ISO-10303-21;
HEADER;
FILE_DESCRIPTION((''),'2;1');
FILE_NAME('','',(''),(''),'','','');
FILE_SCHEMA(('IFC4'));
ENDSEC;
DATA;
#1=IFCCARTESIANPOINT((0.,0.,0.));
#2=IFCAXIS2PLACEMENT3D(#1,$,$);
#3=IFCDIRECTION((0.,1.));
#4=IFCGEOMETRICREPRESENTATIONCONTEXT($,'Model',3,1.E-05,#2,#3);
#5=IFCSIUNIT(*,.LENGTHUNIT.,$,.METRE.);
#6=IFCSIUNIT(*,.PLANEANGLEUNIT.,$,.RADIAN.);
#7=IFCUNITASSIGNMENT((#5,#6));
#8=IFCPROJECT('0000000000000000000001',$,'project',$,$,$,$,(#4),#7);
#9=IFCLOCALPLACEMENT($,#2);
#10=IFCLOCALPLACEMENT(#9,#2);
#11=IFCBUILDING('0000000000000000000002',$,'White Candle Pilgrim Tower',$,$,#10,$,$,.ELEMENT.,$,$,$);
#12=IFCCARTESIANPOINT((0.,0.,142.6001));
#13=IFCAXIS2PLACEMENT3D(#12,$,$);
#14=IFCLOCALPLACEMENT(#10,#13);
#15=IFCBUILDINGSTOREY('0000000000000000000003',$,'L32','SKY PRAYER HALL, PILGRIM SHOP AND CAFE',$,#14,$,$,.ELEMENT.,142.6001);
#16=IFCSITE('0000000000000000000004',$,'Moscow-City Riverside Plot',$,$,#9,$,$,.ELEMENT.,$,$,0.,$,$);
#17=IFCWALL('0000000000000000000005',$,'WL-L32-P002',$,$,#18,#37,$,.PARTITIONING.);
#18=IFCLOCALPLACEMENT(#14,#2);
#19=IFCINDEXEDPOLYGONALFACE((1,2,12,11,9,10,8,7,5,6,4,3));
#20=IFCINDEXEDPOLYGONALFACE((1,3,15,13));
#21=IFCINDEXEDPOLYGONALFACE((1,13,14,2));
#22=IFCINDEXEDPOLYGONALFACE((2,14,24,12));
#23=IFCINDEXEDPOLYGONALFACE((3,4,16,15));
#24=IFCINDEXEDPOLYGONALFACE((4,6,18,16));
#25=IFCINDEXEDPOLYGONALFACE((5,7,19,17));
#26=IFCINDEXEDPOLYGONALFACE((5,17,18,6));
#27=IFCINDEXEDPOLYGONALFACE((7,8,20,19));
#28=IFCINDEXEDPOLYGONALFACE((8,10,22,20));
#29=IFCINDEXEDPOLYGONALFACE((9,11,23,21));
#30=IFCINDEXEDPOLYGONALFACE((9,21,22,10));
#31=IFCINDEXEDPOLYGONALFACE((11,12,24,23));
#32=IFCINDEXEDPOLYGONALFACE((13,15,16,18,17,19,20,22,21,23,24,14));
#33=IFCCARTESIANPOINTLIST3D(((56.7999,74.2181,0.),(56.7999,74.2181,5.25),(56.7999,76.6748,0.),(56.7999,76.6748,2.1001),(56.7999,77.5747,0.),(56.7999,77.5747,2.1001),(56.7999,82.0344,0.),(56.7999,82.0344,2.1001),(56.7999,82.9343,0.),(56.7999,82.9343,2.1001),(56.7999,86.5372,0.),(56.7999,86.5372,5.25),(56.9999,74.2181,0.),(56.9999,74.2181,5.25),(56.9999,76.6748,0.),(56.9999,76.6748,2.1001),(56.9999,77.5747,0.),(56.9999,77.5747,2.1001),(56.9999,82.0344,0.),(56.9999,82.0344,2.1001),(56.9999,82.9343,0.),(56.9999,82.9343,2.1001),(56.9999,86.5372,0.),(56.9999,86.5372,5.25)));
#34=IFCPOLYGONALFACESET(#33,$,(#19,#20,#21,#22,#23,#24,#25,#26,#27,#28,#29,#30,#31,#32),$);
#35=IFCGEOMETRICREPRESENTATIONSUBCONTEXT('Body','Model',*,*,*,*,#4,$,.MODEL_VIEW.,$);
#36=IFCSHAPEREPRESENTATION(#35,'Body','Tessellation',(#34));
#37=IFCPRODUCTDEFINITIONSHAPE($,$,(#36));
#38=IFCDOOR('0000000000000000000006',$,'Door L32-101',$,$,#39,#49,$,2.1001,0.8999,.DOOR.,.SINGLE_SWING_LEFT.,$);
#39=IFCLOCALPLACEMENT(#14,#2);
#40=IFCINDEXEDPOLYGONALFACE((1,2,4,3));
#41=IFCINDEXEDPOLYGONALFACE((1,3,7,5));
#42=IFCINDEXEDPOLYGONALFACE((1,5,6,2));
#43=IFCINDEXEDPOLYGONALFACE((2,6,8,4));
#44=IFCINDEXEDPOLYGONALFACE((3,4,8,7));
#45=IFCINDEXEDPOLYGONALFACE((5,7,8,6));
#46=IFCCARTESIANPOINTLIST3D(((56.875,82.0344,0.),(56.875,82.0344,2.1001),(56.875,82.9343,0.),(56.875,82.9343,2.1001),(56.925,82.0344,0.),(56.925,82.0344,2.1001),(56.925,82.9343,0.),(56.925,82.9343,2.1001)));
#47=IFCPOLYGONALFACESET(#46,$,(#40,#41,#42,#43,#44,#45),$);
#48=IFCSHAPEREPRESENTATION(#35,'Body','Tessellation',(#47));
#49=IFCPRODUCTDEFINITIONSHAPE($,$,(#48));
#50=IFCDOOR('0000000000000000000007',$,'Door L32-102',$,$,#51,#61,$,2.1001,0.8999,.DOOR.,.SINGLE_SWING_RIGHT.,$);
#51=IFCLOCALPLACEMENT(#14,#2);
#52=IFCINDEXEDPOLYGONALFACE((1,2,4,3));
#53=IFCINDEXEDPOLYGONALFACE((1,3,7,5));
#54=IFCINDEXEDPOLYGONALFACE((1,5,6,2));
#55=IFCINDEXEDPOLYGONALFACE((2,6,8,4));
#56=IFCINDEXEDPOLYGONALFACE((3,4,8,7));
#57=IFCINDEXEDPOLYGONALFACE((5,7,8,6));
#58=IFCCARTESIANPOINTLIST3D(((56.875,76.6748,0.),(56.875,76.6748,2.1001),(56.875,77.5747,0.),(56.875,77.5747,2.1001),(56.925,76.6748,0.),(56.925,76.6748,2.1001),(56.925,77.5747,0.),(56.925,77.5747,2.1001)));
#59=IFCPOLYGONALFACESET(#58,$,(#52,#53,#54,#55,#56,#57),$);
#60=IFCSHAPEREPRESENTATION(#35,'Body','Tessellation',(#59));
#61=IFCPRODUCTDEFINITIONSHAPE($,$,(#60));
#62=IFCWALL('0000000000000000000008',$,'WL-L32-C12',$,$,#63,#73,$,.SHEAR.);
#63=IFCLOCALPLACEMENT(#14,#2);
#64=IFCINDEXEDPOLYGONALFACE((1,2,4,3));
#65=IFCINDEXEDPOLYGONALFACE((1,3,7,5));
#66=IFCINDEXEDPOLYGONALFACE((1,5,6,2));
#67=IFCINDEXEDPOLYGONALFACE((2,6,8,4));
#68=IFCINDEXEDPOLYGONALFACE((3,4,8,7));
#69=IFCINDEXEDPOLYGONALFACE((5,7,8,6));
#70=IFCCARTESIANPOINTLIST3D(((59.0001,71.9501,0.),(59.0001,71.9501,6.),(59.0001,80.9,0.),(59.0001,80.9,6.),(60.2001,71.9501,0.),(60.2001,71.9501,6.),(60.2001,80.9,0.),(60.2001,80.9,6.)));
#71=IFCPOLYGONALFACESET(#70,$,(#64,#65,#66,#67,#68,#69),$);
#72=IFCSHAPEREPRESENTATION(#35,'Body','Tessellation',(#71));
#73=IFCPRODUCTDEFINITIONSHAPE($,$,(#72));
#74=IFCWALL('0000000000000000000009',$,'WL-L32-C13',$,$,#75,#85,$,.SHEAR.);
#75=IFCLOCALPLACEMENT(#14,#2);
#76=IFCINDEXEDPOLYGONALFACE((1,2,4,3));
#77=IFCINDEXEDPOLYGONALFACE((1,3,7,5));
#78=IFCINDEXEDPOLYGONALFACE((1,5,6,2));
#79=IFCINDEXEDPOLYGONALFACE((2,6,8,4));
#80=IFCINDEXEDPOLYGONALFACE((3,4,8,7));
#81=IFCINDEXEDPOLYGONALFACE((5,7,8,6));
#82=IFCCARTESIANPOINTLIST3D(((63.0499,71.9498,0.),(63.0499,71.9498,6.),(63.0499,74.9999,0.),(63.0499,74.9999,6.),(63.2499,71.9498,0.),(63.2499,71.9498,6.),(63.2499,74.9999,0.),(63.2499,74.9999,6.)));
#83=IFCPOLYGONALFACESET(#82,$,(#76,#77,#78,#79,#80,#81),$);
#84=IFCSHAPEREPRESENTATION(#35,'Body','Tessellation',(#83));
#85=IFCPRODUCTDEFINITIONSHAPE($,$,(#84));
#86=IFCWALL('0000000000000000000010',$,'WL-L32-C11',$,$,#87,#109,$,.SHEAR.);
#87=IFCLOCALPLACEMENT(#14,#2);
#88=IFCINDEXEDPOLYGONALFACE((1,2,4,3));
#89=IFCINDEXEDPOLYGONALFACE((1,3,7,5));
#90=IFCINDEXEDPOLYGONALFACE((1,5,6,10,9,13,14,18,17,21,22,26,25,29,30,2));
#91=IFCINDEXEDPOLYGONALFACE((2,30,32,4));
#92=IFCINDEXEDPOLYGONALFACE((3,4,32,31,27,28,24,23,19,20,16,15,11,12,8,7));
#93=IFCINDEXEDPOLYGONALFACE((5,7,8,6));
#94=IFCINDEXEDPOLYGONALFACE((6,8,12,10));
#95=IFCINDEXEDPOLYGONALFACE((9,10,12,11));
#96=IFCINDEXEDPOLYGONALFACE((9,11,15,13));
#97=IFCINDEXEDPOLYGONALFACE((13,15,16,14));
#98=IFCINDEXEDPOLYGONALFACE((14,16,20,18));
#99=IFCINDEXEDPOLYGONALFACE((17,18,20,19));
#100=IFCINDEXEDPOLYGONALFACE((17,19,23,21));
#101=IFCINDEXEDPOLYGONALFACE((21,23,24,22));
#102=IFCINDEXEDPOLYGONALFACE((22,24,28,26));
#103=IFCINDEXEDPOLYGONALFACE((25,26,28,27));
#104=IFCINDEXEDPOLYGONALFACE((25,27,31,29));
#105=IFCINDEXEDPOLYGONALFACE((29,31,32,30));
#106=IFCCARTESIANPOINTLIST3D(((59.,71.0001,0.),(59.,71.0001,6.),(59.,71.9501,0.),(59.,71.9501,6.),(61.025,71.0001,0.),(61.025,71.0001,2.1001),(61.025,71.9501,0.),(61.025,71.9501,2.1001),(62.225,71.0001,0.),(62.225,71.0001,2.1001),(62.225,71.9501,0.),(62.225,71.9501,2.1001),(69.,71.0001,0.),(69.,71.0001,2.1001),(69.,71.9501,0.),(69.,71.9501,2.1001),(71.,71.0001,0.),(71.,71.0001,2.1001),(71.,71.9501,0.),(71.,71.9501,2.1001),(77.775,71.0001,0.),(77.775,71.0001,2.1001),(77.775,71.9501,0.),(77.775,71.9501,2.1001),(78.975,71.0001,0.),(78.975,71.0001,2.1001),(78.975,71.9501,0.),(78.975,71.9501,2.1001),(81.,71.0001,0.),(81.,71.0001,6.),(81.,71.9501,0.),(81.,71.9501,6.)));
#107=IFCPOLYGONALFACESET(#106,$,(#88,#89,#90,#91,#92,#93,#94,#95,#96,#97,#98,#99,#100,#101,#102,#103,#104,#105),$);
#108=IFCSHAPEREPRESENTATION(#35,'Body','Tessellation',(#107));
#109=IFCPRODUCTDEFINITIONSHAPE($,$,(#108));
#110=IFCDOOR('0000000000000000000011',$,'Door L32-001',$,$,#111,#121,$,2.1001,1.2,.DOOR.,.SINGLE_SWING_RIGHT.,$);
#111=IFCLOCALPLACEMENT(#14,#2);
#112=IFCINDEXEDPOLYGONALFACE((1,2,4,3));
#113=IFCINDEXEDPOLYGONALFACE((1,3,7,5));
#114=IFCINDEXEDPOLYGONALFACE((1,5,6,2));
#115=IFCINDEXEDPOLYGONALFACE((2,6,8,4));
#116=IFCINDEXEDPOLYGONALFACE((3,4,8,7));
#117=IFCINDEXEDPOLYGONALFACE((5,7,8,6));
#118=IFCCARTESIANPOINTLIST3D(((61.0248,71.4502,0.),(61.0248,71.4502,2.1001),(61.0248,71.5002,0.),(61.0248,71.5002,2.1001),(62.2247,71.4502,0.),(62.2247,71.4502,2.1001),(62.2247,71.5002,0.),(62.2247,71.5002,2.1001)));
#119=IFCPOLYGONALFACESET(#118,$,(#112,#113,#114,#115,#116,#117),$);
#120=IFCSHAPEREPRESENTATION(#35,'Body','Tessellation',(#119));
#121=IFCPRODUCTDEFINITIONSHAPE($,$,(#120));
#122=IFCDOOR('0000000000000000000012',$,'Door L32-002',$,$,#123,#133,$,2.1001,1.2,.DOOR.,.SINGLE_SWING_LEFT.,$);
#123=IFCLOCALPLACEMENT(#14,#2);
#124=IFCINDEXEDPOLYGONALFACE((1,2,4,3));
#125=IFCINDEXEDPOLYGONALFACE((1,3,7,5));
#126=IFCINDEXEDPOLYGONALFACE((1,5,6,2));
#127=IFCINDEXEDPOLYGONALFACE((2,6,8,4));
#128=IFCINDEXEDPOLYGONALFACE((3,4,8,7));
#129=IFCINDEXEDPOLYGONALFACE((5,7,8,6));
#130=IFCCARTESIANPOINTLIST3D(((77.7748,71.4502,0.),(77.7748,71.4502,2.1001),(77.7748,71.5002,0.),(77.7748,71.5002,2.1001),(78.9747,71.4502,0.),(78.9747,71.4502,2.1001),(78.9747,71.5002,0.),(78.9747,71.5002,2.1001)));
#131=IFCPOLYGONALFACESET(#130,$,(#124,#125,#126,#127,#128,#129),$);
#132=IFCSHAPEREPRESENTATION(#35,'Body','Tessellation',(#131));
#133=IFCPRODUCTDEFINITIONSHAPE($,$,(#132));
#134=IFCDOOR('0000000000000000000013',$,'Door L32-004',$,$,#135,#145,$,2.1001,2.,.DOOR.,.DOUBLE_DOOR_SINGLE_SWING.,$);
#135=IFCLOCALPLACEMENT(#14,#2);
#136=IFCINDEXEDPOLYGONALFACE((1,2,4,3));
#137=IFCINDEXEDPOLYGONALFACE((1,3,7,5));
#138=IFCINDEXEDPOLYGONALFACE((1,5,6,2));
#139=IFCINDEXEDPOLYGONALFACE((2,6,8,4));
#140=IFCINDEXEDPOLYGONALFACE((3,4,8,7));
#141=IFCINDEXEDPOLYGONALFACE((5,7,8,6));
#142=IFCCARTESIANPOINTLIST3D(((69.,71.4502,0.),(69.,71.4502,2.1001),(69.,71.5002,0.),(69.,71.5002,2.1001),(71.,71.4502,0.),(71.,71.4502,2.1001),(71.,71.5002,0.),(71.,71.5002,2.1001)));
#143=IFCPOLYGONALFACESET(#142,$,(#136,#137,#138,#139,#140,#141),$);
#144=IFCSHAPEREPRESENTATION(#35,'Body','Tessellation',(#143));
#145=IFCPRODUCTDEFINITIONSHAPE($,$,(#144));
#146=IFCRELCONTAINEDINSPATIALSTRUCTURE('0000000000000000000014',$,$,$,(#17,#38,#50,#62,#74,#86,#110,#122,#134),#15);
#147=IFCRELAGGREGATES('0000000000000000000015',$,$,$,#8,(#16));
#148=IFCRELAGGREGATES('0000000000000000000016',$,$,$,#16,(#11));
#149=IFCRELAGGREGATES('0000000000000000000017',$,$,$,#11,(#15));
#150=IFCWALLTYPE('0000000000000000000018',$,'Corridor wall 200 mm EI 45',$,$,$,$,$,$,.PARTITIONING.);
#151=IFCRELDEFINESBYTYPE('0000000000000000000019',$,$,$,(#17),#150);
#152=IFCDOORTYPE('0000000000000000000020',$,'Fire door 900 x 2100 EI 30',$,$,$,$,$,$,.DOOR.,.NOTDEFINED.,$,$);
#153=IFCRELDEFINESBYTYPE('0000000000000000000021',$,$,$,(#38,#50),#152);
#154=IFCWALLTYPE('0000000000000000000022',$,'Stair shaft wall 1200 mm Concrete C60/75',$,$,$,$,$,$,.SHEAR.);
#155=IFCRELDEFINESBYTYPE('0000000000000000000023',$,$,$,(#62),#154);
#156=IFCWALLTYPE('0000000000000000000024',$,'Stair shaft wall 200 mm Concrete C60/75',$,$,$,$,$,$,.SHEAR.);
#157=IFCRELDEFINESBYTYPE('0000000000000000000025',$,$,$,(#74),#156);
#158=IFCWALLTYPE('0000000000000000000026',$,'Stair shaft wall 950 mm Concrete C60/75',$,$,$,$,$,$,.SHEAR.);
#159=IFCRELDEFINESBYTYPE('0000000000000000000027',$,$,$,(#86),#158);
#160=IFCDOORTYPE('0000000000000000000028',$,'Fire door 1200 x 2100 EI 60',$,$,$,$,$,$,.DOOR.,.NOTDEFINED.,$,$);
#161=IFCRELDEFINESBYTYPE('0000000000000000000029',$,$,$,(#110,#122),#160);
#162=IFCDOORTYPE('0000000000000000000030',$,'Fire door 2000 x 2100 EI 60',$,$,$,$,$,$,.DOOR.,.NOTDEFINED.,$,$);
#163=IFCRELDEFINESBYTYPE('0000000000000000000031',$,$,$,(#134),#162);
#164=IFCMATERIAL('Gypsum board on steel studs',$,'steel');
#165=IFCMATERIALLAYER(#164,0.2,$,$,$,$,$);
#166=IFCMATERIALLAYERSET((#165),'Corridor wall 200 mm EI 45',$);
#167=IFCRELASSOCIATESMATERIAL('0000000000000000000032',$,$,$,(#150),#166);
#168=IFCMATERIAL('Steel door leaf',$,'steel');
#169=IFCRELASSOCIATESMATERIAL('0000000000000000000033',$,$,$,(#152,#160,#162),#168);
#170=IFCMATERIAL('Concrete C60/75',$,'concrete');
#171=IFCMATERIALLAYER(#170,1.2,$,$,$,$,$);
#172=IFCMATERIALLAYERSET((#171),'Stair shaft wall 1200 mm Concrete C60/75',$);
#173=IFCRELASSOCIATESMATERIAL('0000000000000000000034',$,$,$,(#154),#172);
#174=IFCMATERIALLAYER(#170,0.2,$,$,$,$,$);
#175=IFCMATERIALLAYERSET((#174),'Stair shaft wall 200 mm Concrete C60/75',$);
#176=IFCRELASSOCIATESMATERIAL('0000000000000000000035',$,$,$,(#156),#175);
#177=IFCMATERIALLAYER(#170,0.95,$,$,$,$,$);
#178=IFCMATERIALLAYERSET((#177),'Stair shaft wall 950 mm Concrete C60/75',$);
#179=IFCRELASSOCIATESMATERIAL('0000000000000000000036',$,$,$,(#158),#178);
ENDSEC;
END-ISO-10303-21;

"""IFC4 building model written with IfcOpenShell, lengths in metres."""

from ifc_helpers import new_model, si_unit, direction, frame, frame_2d, origin, place, context, subcontext, project, spatial, rectangle, extrude, material, layer, layer_set, type_object, element, fill, save


model = new_model("IFC4")

# Units and contexts
model_context = context("Model", 3, precision=1e-05, world=origin(), true_north=direction((0.0, 1.0)))
body_context = subcontext(model_context, "Body", "Model", "MODEL_VIEW")
ifc_project = project(units=[si_unit("LENGTHUNIT", "METRE"), si_unit("PLANEANGLEUNIT", "RADIAN")], contexts=[model_context])

# Site, building, storey
site_placement = place(None, origin())
site = spatial("IfcSite", under=ifc_project, at=site_placement, Name="Moscow-City Riverside Plot", CompositionType="ELEMENT", RefElevation=0.0)
building_placement = place(site_placement, origin())
building = spatial("IfcBuilding", under=site, at=building_placement, Name="White Candle Pilgrim Tower", CompositionType="ELEMENT")
storey_placement = place(building_placement, frame((0.0, 0.0, 142.6001)))
storey = spatial("IfcBuildingStorey", under=building, at=storey_placement, Name="L32", Description="SKY PRAYER HALL, PILGRIM SHOP AND CAFE", CompositionType="ELEMENT", Elevation=142.6001)

# Wall, openings, doors
ifc_material_1 = material(Name="Gypsum board on steel studs", Category="steel")
ifc_layer_1 = layer(ifc_material_1, 0.2)
ifc_layer_set_1 = layer_set([ifc_layer_1], Name="Corridor wall 200 mm EI 45")
wall_type_1 = type_object("IfcWallType", Name="Corridor wall 200 mm EI 45", PredefinedType="PARTITIONING", material=ifc_layer_set_1)
wall_1_placement = place(storey_placement, frame((56.8999, 74.218, 0.0), z_axis=(0.0, 0.0, 1.0), x_axis=(0.0, 1.0, 0.0)))
wall_1 = element("IfcWall", 1, at=wall_1_placement, inside=storey, type_object=wall_type_1, Name="WL-L32-P002", PredefinedType="PARTITIONING", context=body_context, shape_type="SweptSolid", body=[
    extrude(rectangle(XDim=12.3191, YDim=0.2, at=frame_2d((6.1597, 0.0))), origin(), (0.0, 0.0, 1.0), 5.25),
])
opening_1_placement = place(wall_1_placement, frame((7.8164, 0.0, 0.0)))
opening_1 = element("IfcOpeningElement", 2, at=opening_1_placement, cuts=wall_1, PredefinedType="OPENING", context=body_context, shape_type="SweptSolid", body=[
    extrude(rectangle(XDim=0.8999, YDim=2.1001, at=frame_2d((0.45, 1.05))), frame((0.0, 0.1099, 0.0), z_axis=(0.0, -1.0, 0.0), x_axis=(1.0, 0.0, 0.0)), (0.0, 0.0, 1.0), 0.22),
])
opening_2_placement = place(wall_1_placement, frame((2.4568, 0.0, 0.0)))
opening_2 = element("IfcOpeningElement", 3, at=opening_2_placement, cuts=wall_1, PredefinedType="OPENING", context=body_context, shape_type="SweptSolid", body=[
    extrude(rectangle(XDim=0.8999, YDim=2.1001, at=frame_2d((0.45, 1.05))), frame((0.0, 0.1099, 0.0), z_axis=(0.0, -1.0, 0.0), x_axis=(1.0, 0.0, 0.0)), (0.0, 0.0, 1.0), 0.22),
])
ifc_material_2 = material(Name="Steel door leaf", Category="steel")
door_type_1 = type_object("IfcDoorType", Name="Fire door 900 x 2100 EI 30", OperationType="NOTDEFINED", PredefinedType="DOOR", material=ifc_material_2)
door_1_placement = place(opening_1_placement, origin())
door_1 = element("IfcDoor", 4, at=door_1_placement, inside=storey, type_object=door_type_1, Name="Door L32-101", OperationType="SINGLE_SWING_LEFT", OverallHeight=2.1001, OverallWidth=0.8999, PredefinedType="DOOR", context=body_context, shape_type="SweptSolid", body=[
    extrude(rectangle(XDim=0.8999, YDim=2.1001, at=frame_2d((0.45, 1.05))), frame((0.0, 0.0249, 0.0), z_axis=(0.0, -1.0, 0.0), x_axis=(1.0, 0.0, 0.0)), (0.0, 0.0, 1.0), 0.05),
])
fill(opening_1, door_1)
door_2_placement = place(opening_2_placement, origin())
door_2 = element("IfcDoor", 5, at=door_2_placement, inside=storey, type_object=door_type_1, Name="Door L32-102", OperationType="SINGLE_SWING_RIGHT", OverallHeight=2.1001, OverallWidth=0.8999, PredefinedType="DOOR", context=body_context, shape_type="SweptSolid", body=[
    extrude(rectangle(XDim=0.8999, YDim=2.1001, at=frame_2d((0.45, 1.05))), frame((0.0, 0.0249, 0.0), z_axis=(0.0, -1.0, 0.0), x_axis=(1.0, 0.0, 0.0)), (0.0, 0.0, 1.0), 0.05),
])
fill(opening_2, door_2)

# Walls
ifc_material_3 = material(Name="Concrete C60/75", Category="concrete")
ifc_layer_2 = layer(ifc_material_3, 1.2)
ifc_layer_set_2 = layer_set([ifc_layer_2], Name="Stair shaft wall 1200 mm Concrete C60/75")
wall_type_2 = type_object("IfcWallType", Name="Stair shaft wall 1200 mm Concrete C60/75", PredefinedType="SHEAR", material=ifc_layer_set_2)
wall_2_placement = place(storey_placement, frame((59.6001, 71.95, 0.0), z_axis=(0.0, 0.0, 1.0), x_axis=(0.0, 1.0, 0.0)))
element("IfcWall", 6, at=wall_2_placement, inside=storey, type_object=wall_type_2, Name="WL-L32-C12", PredefinedType="SHEAR", context=body_context, shape_type="SweptSolid", body=[
    extrude(rectangle(XDim=8.95, YDim=1.2, at=frame_2d((4.4751, 0.0))), origin(), (0.0, 0.0, 1.0), 6.0),
])
ifc_layer_3 = layer(ifc_material_3, 0.2)
ifc_layer_set_3 = layer_set([ifc_layer_3], Name="Stair shaft wall 200 mm Concrete C60/75")
wall_type_3 = type_object("IfcWallType", Name="Stair shaft wall 200 mm Concrete C60/75", PredefinedType="SHEAR", material=ifc_layer_set_3)
wall_3_placement = place(storey_placement, frame((63.1499, 71.95, 0.0), z_axis=(0.0, 0.0, 1.0), x_axis=(0.0, 1.0, 0.0)))
element("IfcWall", 7, at=wall_3_placement, inside=storey, type_object=wall_type_3, Name="WL-L32-C13", PredefinedType="SHEAR", context=body_context, shape_type="SweptSolid", body=[
    extrude(rectangle(XDim=3.05, YDim=0.2, at=frame_2d((1.5249, 0.0))), origin(), (0.0, 0.0, 1.0), 6.0),
])

# Wall, openings, doors
ifc_layer_4 = layer(ifc_material_3, 0.95)
ifc_layer_set_4 = layer_set([ifc_layer_4], Name="Stair shaft wall 950 mm Concrete C60/75")
wall_type_4 = type_object("IfcWallType", Name="Stair shaft wall 950 mm Concrete C60/75", PredefinedType="SHEAR", material=ifc_layer_set_4)
wall_4_placement = place(storey_placement, frame((59.0, 71.4751, 0.0), z_axis=(0.0, 0.0, 1.0), x_axis=(1.0, 0.0, 0.0)))
wall_4 = element("IfcWall", 8, at=wall_4_placement, inside=storey, type_object=wall_type_4, Name="WL-L32-C11", PredefinedType="SHEAR", context=body_context, shape_type="SweptSolid", body=[
    extrude(rectangle(XDim=22.0, YDim=0.95, at=frame_2d((11.0, 0.0))), origin(), (0.0, 0.0, 1.0), 6.0),
])
opening_3_placement = place(wall_4_placement, frame((2.0249, 0.0, 0.0)))
opening_3 = element("IfcOpeningElement", 9, at=opening_3_placement, cuts=wall_4, PredefinedType="OPENING", context=body_context, shape_type="SweptSolid", body=[
    extrude(rectangle(XDim=1.2, YDim=2.1001, at=frame_2d((0.6001, 1.05))), frame((0.0, 0.4849, 0.0), z_axis=(0.0, -1.0, 0.0), x_axis=(1.0, 0.0, 0.0)), (0.0, 0.0, 1.0), 0.97),
])
opening_4_placement = place(wall_4_placement, frame((18.7749, 0.0, 0.0)))
opening_4 = element("IfcOpeningElement", 10, at=opening_4_placement, cuts=wall_4, PredefinedType="OPENING", context=body_context, shape_type="SweptSolid", body=[
    extrude(rectangle(XDim=1.2, YDim=2.1001, at=frame_2d((0.6001, 1.05))), frame((0.0, 0.4849, 0.0), z_axis=(0.0, -1.0, 0.0), x_axis=(1.0, 0.0, 0.0)), (0.0, 0.0, 1.0), 0.97),
])
opening_5_placement = place(wall_4_placement, frame((10.0, 0.0, 0.0)))
opening_5 = element("IfcOpeningElement", 11, at=opening_5_placement, cuts=wall_4, PredefinedType="OPENING", context=body_context, shape_type="SweptSolid", body=[
    extrude(rectangle(XDim=2.0, YDim=2.1001, at=frame_2d((1.0, 1.05))), frame((0.0, 0.4849, 0.0), z_axis=(0.0, -1.0, 0.0), x_axis=(1.0, 0.0, 0.0)), (0.0, 0.0, 1.0), 0.97),
])
door_type_2 = type_object("IfcDoorType", Name="Fire door 1200 x 2100 EI 60", OperationType="NOTDEFINED", PredefinedType="DOOR", material=ifc_material_2)
door_3_placement = place(opening_3_placement, frame((1.2, 0.0, 0.0), z_axis=(0.0, 0.0, 1.0), x_axis=(-1.0, 0.0, 0.0)))
door_3 = element("IfcDoor", 12, at=door_3_placement, inside=storey, type_object=door_type_2, Name="Door L32-001", OperationType="SINGLE_SWING_RIGHT", OverallHeight=2.1001, OverallWidth=1.2, PredefinedType="DOOR", context=body_context, shape_type="SweptSolid", body=[
    extrude(rectangle(XDim=1.2, YDim=2.1001, at=frame_2d((0.6001, 1.05))), frame((0.0, 0.0249, 0.0), z_axis=(0.0, -1.0, 0.0), x_axis=(1.0, 0.0, 0.0)), (0.0, 0.0, 1.0), 0.05),
])
fill(opening_3, door_3)
door_4_placement = place(opening_4_placement, frame((1.2, 0.0, 0.0), z_axis=(0.0, 0.0, 1.0), x_axis=(-1.0, 0.0, 0.0)))
door_4 = element("IfcDoor", 13, at=door_4_placement, inside=storey, type_object=door_type_2, Name="Door L32-002", OperationType="SINGLE_SWING_LEFT", OverallHeight=2.1001, OverallWidth=1.2, PredefinedType="DOOR", context=body_context, shape_type="SweptSolid", body=[
    extrude(rectangle(XDim=1.2, YDim=2.1001, at=frame_2d((0.6001, 1.05))), frame((0.0, 0.0249, 0.0), z_axis=(0.0, -1.0, 0.0), x_axis=(1.0, 0.0, 0.0)), (0.0, 0.0, 1.0), 0.05),
])
fill(opening_4, door_4)
door_type_3 = type_object("IfcDoorType", Name="Fire door 2000 x 2100 EI 60", OperationType="NOTDEFINED", PredefinedType="DOOR", material=ifc_material_2)
door_5_placement = place(opening_5_placement, frame((2.0, 0.0, 0.0), z_axis=(0.0, 0.0, 1.0), x_axis=(-1.0, 0.0, 0.0)))
door_5 = element("IfcDoor", 14, at=door_5_placement, inside=storey, type_object=door_type_3, Name="Door L32-004", OperationType="DOUBLE_DOOR_SINGLE_SWING", OverallHeight=2.1001, OverallWidth=2.0, PredefinedType="DOOR", context=body_context, shape_type="SweptSolid", body=[
    extrude(rectangle(XDim=2.0, YDim=2.1001, at=frame_2d((1.0, 1.05))), frame((0.0, 0.0249, 0.0), z_axis=(0.0, -1.0, 0.0), x_axis=(1.0, 0.0, 0.0)), (0.0, 0.0, 1.0), 0.05),
])
fill(opening_5, door_5)

save(model, "model.ifc")
